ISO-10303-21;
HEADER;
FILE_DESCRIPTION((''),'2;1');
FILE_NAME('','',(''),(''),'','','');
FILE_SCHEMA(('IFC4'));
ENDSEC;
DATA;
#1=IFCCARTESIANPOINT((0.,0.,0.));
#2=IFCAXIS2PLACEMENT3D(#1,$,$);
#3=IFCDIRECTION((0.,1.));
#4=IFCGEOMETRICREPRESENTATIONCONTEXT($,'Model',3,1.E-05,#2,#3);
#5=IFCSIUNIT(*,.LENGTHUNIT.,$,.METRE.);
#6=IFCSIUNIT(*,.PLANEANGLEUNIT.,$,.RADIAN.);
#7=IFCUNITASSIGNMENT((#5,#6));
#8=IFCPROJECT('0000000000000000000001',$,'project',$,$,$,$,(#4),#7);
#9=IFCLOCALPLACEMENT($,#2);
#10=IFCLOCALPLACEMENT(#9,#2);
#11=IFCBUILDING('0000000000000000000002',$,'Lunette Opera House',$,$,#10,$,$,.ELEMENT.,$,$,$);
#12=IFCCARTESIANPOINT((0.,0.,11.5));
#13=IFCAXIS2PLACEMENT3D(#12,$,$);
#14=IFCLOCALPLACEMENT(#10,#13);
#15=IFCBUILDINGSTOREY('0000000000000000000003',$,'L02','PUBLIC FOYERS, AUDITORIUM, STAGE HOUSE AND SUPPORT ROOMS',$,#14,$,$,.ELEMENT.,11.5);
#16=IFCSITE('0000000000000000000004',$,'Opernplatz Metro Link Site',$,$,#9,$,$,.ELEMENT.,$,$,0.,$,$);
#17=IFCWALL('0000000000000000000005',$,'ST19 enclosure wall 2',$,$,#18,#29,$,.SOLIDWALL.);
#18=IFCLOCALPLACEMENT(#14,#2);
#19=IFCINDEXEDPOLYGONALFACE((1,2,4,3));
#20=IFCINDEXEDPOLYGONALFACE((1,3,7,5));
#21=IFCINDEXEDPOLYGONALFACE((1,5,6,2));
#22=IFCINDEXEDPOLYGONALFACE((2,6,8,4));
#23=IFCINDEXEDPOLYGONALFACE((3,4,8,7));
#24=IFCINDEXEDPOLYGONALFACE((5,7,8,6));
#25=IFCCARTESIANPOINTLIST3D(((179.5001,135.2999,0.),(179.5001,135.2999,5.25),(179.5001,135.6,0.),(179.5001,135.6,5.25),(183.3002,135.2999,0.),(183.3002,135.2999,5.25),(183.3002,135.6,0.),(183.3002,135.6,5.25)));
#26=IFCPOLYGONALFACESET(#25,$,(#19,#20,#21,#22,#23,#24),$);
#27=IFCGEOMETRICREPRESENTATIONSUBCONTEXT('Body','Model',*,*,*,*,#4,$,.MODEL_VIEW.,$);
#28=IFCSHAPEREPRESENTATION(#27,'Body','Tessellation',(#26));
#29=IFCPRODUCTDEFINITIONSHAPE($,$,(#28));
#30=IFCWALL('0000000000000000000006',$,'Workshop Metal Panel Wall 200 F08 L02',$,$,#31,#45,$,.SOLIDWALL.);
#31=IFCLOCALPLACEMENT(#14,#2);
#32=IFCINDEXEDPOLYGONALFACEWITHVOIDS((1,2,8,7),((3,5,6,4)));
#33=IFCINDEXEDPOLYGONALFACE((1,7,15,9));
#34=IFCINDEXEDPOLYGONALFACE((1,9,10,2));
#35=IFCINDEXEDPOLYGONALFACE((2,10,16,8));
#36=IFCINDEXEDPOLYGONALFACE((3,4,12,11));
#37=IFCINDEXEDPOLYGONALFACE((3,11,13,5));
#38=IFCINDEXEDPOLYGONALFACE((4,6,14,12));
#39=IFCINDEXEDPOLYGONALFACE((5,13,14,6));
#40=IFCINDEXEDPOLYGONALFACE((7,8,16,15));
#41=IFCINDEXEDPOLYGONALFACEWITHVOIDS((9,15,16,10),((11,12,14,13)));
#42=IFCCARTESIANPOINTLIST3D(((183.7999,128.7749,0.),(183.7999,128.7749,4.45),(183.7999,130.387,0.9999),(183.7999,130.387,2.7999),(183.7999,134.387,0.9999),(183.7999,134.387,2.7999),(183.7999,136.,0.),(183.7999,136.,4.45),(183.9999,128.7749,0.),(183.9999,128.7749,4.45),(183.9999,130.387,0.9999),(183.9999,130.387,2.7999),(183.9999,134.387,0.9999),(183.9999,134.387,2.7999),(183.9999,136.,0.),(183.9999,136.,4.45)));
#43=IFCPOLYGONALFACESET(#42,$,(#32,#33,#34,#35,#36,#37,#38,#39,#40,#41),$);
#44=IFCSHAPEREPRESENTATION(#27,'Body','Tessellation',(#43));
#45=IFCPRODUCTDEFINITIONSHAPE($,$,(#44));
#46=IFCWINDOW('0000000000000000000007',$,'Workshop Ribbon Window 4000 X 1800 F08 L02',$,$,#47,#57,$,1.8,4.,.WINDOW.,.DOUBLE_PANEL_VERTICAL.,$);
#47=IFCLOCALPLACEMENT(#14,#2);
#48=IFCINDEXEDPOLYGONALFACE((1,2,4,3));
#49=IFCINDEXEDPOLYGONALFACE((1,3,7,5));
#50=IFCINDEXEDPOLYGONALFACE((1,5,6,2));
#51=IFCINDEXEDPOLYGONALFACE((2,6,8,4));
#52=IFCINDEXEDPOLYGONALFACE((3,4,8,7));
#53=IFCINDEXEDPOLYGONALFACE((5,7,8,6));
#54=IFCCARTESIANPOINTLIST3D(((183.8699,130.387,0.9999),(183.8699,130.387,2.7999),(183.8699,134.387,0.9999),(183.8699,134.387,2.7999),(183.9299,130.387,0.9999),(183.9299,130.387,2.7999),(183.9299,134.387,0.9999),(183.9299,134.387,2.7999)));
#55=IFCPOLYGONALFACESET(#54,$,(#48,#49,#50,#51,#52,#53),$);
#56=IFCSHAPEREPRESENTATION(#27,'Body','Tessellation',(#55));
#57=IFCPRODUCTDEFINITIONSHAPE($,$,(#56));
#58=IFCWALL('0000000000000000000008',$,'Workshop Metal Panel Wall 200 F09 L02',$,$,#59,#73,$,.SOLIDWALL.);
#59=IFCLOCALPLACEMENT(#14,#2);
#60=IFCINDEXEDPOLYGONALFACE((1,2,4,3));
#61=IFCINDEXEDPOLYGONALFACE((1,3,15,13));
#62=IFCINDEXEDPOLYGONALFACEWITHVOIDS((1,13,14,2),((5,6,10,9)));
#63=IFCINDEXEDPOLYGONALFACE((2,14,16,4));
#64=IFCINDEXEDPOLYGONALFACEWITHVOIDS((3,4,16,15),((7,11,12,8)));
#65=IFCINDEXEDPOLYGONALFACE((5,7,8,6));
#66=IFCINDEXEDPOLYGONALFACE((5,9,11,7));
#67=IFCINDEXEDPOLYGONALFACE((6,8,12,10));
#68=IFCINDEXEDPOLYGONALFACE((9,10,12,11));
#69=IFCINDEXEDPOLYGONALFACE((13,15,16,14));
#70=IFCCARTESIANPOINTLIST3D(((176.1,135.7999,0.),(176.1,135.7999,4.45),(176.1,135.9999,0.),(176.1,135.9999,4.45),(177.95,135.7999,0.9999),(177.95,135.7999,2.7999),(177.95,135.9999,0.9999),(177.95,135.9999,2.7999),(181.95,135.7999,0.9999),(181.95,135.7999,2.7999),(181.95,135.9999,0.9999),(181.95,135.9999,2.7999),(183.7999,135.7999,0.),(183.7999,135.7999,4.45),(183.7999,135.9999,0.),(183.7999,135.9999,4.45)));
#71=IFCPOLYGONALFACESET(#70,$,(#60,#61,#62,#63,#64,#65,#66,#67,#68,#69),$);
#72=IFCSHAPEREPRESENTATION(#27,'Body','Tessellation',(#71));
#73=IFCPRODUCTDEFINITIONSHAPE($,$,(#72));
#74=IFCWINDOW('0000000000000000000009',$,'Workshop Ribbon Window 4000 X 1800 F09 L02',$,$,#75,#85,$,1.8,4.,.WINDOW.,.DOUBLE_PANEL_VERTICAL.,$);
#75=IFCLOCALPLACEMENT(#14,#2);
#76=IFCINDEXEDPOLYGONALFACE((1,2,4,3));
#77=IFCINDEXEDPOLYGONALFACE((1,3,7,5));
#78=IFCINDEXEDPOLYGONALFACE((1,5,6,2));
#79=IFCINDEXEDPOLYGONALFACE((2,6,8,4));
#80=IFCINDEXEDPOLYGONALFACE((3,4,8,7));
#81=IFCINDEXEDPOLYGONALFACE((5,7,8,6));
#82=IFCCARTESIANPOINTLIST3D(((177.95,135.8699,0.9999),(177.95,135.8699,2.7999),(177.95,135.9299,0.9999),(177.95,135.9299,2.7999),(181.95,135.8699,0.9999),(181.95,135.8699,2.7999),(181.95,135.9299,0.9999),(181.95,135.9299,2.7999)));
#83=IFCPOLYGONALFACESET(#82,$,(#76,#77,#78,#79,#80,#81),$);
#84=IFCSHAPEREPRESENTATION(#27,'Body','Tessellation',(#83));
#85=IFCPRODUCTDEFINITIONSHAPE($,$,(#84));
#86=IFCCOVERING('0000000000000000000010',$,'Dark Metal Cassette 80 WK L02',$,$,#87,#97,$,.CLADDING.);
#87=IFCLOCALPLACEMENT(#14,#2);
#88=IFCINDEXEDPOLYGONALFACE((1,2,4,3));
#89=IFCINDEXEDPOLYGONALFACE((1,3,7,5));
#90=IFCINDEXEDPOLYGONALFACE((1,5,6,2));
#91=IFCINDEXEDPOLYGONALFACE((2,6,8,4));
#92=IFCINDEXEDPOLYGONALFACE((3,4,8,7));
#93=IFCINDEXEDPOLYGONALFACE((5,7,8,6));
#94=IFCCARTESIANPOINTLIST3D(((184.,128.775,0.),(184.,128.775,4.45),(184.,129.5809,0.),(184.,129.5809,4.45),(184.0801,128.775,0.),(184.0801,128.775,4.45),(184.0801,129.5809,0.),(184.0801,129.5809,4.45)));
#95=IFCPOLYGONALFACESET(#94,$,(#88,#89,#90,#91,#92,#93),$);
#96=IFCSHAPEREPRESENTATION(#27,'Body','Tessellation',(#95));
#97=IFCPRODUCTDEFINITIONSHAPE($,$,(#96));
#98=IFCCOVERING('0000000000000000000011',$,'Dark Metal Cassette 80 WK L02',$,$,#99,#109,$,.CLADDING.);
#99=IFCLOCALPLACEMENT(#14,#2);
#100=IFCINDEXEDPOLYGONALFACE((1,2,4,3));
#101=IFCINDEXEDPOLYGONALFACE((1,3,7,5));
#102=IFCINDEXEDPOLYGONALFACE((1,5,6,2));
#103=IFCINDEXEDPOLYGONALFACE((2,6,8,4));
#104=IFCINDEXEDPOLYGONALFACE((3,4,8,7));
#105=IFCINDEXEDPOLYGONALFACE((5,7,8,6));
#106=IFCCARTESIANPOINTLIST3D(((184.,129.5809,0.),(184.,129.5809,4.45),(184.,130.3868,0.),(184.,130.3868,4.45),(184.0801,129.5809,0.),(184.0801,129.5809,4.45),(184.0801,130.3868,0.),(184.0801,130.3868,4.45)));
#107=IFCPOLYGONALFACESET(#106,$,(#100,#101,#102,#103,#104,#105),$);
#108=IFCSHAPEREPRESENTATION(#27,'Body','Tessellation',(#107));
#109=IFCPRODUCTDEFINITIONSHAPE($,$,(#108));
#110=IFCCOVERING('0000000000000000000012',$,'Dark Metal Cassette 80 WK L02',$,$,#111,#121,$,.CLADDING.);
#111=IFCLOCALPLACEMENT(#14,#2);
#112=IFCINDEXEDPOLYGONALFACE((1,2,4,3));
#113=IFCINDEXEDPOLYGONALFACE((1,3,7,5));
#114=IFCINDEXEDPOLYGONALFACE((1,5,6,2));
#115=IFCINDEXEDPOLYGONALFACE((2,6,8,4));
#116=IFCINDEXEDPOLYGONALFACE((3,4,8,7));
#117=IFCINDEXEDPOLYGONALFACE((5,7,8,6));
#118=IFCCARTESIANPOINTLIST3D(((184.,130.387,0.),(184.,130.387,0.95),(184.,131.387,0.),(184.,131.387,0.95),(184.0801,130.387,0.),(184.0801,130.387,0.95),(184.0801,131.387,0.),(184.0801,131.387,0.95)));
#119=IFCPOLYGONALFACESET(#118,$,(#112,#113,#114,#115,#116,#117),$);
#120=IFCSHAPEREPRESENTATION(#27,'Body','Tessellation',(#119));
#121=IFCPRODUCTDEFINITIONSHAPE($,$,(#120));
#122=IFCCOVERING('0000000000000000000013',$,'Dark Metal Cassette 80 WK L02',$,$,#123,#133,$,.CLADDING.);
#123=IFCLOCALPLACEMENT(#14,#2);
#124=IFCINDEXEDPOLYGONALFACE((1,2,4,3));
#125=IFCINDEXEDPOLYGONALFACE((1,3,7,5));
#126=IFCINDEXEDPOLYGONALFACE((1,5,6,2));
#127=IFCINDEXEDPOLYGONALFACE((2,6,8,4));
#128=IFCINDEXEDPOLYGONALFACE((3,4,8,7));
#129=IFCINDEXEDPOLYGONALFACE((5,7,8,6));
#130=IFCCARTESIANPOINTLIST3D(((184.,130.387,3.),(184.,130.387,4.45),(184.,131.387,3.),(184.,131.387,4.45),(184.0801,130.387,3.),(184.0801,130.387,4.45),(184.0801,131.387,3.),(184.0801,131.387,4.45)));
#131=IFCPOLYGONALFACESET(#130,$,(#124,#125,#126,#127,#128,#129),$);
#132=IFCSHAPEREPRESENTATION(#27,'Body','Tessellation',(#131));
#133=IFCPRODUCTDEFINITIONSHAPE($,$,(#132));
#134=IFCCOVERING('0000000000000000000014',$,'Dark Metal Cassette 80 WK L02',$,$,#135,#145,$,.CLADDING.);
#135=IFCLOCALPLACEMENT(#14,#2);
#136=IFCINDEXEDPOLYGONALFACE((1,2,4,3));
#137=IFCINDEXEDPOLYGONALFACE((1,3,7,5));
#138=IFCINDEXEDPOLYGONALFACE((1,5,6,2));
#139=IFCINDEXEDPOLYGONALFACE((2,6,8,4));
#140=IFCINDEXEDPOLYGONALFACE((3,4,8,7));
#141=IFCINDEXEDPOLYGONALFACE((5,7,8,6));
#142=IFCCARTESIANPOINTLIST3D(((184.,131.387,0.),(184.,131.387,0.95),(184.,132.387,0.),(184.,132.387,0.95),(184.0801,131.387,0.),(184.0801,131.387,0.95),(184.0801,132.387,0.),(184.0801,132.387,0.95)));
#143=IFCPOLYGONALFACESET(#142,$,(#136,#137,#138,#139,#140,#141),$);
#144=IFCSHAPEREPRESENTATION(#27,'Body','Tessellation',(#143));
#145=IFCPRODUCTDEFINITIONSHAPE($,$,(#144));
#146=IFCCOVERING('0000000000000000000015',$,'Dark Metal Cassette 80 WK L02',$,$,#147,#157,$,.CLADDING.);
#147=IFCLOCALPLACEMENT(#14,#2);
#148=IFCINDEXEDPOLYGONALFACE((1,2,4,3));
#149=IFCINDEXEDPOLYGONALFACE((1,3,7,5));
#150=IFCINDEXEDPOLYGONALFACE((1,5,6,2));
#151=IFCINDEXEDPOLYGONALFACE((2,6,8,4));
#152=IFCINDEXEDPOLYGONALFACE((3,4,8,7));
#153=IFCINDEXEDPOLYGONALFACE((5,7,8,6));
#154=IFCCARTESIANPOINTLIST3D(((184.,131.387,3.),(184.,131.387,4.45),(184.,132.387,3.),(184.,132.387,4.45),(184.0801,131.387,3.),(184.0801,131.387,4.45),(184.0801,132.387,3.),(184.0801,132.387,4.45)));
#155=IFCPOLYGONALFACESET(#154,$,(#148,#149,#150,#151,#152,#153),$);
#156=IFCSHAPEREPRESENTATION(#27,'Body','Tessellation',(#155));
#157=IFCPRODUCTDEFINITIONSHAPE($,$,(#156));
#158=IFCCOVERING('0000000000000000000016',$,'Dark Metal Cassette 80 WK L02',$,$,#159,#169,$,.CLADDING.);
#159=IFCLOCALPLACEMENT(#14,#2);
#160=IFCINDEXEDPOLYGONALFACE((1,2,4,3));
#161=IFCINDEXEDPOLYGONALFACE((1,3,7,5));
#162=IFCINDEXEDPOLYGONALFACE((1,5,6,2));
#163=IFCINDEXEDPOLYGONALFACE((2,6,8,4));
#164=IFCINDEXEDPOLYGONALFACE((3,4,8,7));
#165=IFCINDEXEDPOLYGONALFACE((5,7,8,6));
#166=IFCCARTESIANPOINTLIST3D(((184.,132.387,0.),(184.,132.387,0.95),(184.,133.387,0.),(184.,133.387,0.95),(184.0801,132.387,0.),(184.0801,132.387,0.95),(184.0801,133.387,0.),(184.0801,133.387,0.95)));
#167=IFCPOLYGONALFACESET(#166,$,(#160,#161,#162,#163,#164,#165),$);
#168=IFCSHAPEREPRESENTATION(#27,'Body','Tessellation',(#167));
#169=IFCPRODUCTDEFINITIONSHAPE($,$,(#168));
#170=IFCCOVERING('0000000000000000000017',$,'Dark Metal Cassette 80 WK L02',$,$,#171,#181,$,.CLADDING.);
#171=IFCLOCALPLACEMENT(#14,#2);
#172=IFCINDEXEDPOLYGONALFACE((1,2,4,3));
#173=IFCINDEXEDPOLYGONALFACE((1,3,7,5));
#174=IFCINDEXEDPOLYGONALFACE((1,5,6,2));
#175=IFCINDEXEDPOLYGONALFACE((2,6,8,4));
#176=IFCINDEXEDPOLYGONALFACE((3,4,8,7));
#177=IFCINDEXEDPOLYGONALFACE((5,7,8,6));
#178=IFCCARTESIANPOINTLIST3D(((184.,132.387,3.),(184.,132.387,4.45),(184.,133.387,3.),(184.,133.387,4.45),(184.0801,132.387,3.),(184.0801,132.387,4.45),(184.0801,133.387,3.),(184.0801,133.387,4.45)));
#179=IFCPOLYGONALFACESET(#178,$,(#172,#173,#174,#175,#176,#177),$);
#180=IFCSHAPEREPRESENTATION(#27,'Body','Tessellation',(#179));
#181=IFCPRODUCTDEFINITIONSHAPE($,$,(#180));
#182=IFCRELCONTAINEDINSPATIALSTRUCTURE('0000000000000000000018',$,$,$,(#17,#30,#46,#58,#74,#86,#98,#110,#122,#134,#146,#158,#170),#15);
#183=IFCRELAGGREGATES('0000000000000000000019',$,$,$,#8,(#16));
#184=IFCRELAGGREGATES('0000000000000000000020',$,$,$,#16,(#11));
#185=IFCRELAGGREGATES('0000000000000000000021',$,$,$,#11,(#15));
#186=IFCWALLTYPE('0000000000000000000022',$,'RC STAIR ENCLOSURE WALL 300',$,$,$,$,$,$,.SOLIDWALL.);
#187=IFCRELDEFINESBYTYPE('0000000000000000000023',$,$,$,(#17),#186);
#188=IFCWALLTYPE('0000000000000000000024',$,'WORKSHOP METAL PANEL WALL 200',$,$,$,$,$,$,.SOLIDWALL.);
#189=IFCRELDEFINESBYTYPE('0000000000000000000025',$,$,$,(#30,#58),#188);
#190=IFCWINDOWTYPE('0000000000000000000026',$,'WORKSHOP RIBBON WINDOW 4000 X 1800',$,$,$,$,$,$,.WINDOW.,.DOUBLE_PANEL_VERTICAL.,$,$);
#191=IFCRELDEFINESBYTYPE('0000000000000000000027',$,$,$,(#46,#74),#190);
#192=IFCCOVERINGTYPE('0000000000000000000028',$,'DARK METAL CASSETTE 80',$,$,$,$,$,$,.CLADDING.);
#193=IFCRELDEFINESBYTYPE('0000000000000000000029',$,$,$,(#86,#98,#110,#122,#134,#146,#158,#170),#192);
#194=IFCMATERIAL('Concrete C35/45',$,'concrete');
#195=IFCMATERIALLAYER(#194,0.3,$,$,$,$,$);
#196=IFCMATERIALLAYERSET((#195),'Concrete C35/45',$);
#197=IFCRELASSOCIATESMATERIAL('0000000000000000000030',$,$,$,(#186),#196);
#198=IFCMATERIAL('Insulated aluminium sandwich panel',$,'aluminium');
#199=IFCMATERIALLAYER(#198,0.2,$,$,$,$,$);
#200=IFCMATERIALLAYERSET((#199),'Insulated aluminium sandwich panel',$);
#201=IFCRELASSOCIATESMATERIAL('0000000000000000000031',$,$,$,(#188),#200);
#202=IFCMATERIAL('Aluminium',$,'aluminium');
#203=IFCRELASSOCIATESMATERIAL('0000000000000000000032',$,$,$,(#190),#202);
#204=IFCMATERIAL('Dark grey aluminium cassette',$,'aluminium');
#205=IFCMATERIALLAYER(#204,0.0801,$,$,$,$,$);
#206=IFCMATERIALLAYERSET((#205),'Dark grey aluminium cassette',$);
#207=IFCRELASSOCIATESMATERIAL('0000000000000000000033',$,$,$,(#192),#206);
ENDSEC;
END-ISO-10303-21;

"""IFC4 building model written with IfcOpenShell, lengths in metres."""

from ifc_helpers import new_model, si_unit, direction, frame, frame_2d, origin, origin_2d, place, context, subcontext, project, spatial, rectangle, extrude, material, layer, layer_set, type_object, element, fill, save


model = new_model("IFC4")

# Units and contexts
model_context = context("Model", 3, precision=1e-05, world=origin(), true_north=direction((0.0, 1.0)))
body_context = subcontext(model_context, "Body", "Model", "MODEL_VIEW")
ifc_project = project(units=[si_unit("LENGTHUNIT", "METRE"), si_unit("PLANEANGLEUNIT", "RADIAN")], contexts=[model_context])

# Site, building, storey
site_placement = place(None, origin())
site = spatial("IfcSite", under=ifc_project, at=site_placement, Name="Opernplatz Metro Link Site", CompositionType="ELEMENT", RefElevation=0.0)
building_placement = place(site_placement, origin())
building = spatial("IfcBuilding", under=site, at=building_placement, Name="Lunette Opera House", CompositionType="ELEMENT")
storey_placement = place(building_placement, frame((0.0, 0.0, 11.5)))
storey = spatial("IfcBuildingStorey", under=building, at=storey_placement, Name="L02", Description="PUBLIC FOYERS, AUDITORIUM, STAGE HOUSE AND SUPPORT ROOMS", CompositionType="ELEMENT", Elevation=11.5)

# Wall
ifc_material_1 = material(Name="Concrete C35/45", Category="concrete")
ifc_layer_1 = layer(ifc_material_1, 0.3)
ifc_layer_set_1 = layer_set([ifc_layer_1], Name="Concrete C35/45")
wall_type_1 = type_object("IfcWallType", Name="RC STAIR ENCLOSURE WALL 300", PredefinedType="SOLIDWALL", material=ifc_layer_set_1)
wall_1_placement = place(storey_placement, frame((183.3, 135.45, 0.0), z_axis=(0.0, 0.0, 1.0), x_axis=(-1.0, 0.0, 0.0)))
element("IfcWall", 1, at=wall_1_placement, inside=storey, type_object=wall_type_1, Name="ST19 enclosure wall 2", PredefinedType="SOLIDWALL", context=body_context, shape_type="SweptSolid", body=[
    extrude(rectangle(XDim=3.8, YDim=0.3, at=frame_2d((1.8999, 0.0))), origin(), (0.0, 0.0, 1.0), 5.25),
])

# Walls, openings, windows
ifc_material_2 = material(Name="Insulated aluminium sandwich panel", Category="aluminium")
ifc_layer_2 = layer(ifc_material_2, 0.2)
ifc_layer_set_2 = layer_set([ifc_layer_2], Name="Insulated aluminium sandwich panel")
wall_type_2 = type_object("IfcWallType", Name="WORKSHOP METAL PANEL WALL 200", PredefinedType="SOLIDWALL", material=ifc_layer_set_2)
wall_2_placement = place(storey_placement, frame((183.8999, 128.7749, 0.0), z_axis=(0.0, 0.0, 1.0), x_axis=(0.0, 1.0, 0.0)))
wall_2 = element("IfcWall", 2, at=wall_2_placement, inside=storey, type_object=wall_type_2, Name="Workshop Metal Panel Wall 200 F08 L02", PredefinedType="SOLIDWALL", context=body_context, shape_type="SweptSolid", body=[
    extrude(rectangle(XDim=7.2251, YDim=0.2, at=frame_2d((3.6125, 0.0))), origin(), (0.0, 0.0, 1.0), 4.45),
])
opening_1_placement = place(wall_2_placement, frame((1.6121, 0.0, 1.0)))
opening_1 = element("IfcOpeningElement", 3, at=opening_1_placement, cuts=wall_2, PredefinedType="OPENING", context=body_context, shape_type="SweptSolid", body=[
    extrude(rectangle(XDim=4.0, YDim=1.8, at=frame_2d((2.0, 0.8999))), frame((0.0, 0.1121, 0.0), z_axis=(0.0, -1.0, 0.0), x_axis=(1.0, 0.0, 0.0)), (0.0, 0.0, 1.0), 0.2239),
])
ifc_material_3 = material(Name="Aluminium", Category="aluminium")
window_type = type_object("IfcWindowType", Name="WORKSHOP RIBBON WINDOW 4000 X 1800", PartitioningType="DOUBLE_PANEL_VERTICAL", PredefinedType="WINDOW", material=ifc_material_3)
window_1_placement = place(opening_1_placement, origin())
window_1 = element("IfcWindow", 4, at=window_1_placement, inside=storey, type_object=window_type, Name="Workshop Ribbon Window 4000 X 1800 F08 L02", OverallHeight=1.8, OverallWidth=4.0, PartitioningType="DOUBLE_PANEL_VERTICAL", PredefinedType="WINDOW", context=body_context, shape_type="SweptSolid", body=[
    extrude(rectangle(XDim=4.0, YDim=1.8, at=frame_2d((2.0, 0.8999))), frame((0.0, 0.03, 0.0), z_axis=(0.0, -1.0, 0.0), x_axis=(1.0, 0.0, 0.0)), (0.0, 0.0, 1.0), 0.0601),
])
fill(opening_1, window_1)
wall_3_placement = place(storey_placement, frame((183.8, 135.8999, 0.0), z_axis=(0.0, 0.0, 1.0), x_axis=(-1.0, 0.0, 0.0)))
wall_3 = element("IfcWall", 5, at=wall_3_placement, inside=storey, type_object=wall_type_2, Name="Workshop Metal Panel Wall 200 F09 L02", PredefinedType="SOLIDWALL", context=body_context, shape_type="SweptSolid", body=[
    extrude(rectangle(XDim=7.7, YDim=0.2, at=frame_2d((3.8501, 0.0))), origin(), (0.0, 0.0, 1.0), 4.45),
])
opening_2_placement = place(wall_3_placement, frame((1.8501, 0.0, 1.0)))
opening_2 = element("IfcOpeningElement", 6, at=opening_2_placement, cuts=wall_3, PredefinedType="OPENING", context=body_context, shape_type="SweptSolid", body=[
    extrude(rectangle(XDim=4.0, YDim=1.8, at=frame_2d((2.0, 0.8999))), frame((0.0, 0.1121, 0.0), z_axis=(0.0, -1.0, 0.0), x_axis=(1.0, 0.0, 0.0)), (0.0, 0.0, 1.0), 0.2239),
])
window_2_placement = place(opening_2_placement, origin())
window_2 = element("IfcWindow", 7, at=window_2_placement, inside=storey, type_object=window_type, Name="Workshop Ribbon Window 4000 X 1800 F09 L02", OverallHeight=1.8, OverallWidth=4.0, PartitioningType="DOUBLE_PANEL_VERTICAL", PredefinedType="WINDOW", context=body_context, shape_type="SweptSolid", body=[
    extrude(rectangle(XDim=4.0, YDim=1.8, at=frame_2d((2.0, 0.8999))), frame((0.0, 0.03, 0.0), z_axis=(0.0, -1.0, 0.0), x_axis=(1.0, 0.0, 0.0)), (0.0, 0.0, 1.0), 0.0601),
])
fill(opening_2, window_2)

# Coverings
ifc_material_4 = material(Name="Dark grey aluminium cassette", Category="aluminium")
ifc_layer_3 = layer(ifc_material_4, 0.0801)
ifc_layer_set_3 = layer_set([ifc_layer_3], Name="Dark grey aluminium cassette")
covering_type = type_object("IfcCoveringType", Name="DARK METAL CASSETTE 80", PredefinedType="CLADDING", material=ifc_layer_set_3)
for number, where, z_axis, x_axis, name in (
    (8, (184.04, 129.178, 0.0), (0.0, 0.0, 1.0), (0.0, 1.0, 0.0), "Dark Metal Cassette 80 WK L02"),
    (9, (184.04, 129.9839, 0.0), (0.0, 0.0, 1.0), (0.0, 1.0, 0.0), "Dark Metal Cassette 80 WK L02"),
):
    element("IfcCovering", number, at=place(storey_placement, frame(where, z_axis=z_axis, x_axis=x_axis)), inside=storey, type_object=covering_type, Name=name, PredefinedType="CLADDING", context=body_context, shape_type="SweptSolid", body=[
        extrude(rectangle(XDim=0.8059, YDim=0.0801, at=origin_2d()), origin(), (0.0, 0.0, 1.0), 4.45),
    ])
covering_1_placement = place(storey_placement, frame((184.04, 130.887, 0.0), z_axis=(0.0, 0.0, 1.0), x_axis=(0.0, 1.0, 0.0)))
element("IfcCovering", 10, at=covering_1_placement, inside=storey, type_object=covering_type, Name="Dark Metal Cassette 80 WK L02", PredefinedType="CLADDING", context=body_context, shape_type="SweptSolid", body=[
    extrude(rectangle(XDim=1.0, YDim=0.0801, at=origin_2d()), origin(), (0.0, 0.0, 1.0), 0.95),
])
covering_2_placement = place(storey_placement, frame((184.04, 130.887, 3.0), z_axis=(0.0, 0.0, 1.0), x_axis=(0.0, 1.0, 0.0)))
element("IfcCovering", 11, at=covering_2_placement, inside=storey, type_object=covering_type, Name="Dark Metal Cassette 80 WK L02", PredefinedType="CLADDING", context=body_context, shape_type="SweptSolid", body=[
    extrude(rectangle(XDim=1.0, YDim=0.0801, at=origin_2d()), origin(), (0.0, 0.0, 1.0), 1.45),
])
covering_3_placement = place(storey_placement, frame((184.04, 131.887, 0.0), z_axis=(0.0, 0.0, 1.0), x_axis=(0.0, 1.0, 0.0)))
element("IfcCovering", 12, at=covering_3_placement, inside=storey, type_object=covering_type, Name="Dark Metal Cassette 80 WK L02", PredefinedType="CLADDING", context=body_context, shape_type="SweptSolid", body=[
    extrude(rectangle(XDim=1.0, YDim=0.0801, at=origin_2d()), origin(), (0.0, 0.0, 1.0), 0.95),
])
covering_4_placement = place(storey_placement, frame((184.04, 131.887, 3.0), z_axis=(0.0, 0.0, 1.0), x_axis=(0.0, 1.0, 0.0)))
element("IfcCovering", 13, at=covering_4_placement, inside=storey, type_object=covering_type, Name="Dark Metal Cassette 80 WK L02", PredefinedType="CLADDING", context=body_context, shape_type="SweptSolid", body=[
    extrude(rectangle(XDim=1.0, YDim=0.0801, at=origin_2d()), origin(), (0.0, 0.0, 1.0), 1.45),
])
covering_5_placement = place(storey_placement, frame((184.04, 132.887, 0.0), z_axis=(0.0, 0.0, 1.0), x_axis=(0.0, 1.0, 0.0)))
element("IfcCovering", 14, at=covering_5_placement, inside=storey, type_object=covering_type, Name="Dark Metal Cassette 80 WK L02", PredefinedType="CLADDING", context=body_context, shape_type="SweptSolid", body=[
    extrude(rectangle(XDim=1.0, YDim=0.0801, at=origin_2d()), origin(), (0.0, 0.0, 1.0), 0.95),
])
covering_6_placement = place(storey_placement, frame((184.04, 132.887, 3.0), z_axis=(0.0, 0.0, 1.0), x_axis=(0.0, 1.0, 0.0)))
element("IfcCovering", 15, at=covering_6_placement, inside=storey, type_object=covering_type, Name="Dark Metal Cassette 80 WK L02", PredefinedType="CLADDING", context=body_context, shape_type="SweptSolid", body=[
    extrude(rectangle(XDim=1.0, YDim=0.0801, at=origin_2d()), origin(), (0.0, 0.0, 1.0), 1.45),
])

save(model, "model.ifc")
